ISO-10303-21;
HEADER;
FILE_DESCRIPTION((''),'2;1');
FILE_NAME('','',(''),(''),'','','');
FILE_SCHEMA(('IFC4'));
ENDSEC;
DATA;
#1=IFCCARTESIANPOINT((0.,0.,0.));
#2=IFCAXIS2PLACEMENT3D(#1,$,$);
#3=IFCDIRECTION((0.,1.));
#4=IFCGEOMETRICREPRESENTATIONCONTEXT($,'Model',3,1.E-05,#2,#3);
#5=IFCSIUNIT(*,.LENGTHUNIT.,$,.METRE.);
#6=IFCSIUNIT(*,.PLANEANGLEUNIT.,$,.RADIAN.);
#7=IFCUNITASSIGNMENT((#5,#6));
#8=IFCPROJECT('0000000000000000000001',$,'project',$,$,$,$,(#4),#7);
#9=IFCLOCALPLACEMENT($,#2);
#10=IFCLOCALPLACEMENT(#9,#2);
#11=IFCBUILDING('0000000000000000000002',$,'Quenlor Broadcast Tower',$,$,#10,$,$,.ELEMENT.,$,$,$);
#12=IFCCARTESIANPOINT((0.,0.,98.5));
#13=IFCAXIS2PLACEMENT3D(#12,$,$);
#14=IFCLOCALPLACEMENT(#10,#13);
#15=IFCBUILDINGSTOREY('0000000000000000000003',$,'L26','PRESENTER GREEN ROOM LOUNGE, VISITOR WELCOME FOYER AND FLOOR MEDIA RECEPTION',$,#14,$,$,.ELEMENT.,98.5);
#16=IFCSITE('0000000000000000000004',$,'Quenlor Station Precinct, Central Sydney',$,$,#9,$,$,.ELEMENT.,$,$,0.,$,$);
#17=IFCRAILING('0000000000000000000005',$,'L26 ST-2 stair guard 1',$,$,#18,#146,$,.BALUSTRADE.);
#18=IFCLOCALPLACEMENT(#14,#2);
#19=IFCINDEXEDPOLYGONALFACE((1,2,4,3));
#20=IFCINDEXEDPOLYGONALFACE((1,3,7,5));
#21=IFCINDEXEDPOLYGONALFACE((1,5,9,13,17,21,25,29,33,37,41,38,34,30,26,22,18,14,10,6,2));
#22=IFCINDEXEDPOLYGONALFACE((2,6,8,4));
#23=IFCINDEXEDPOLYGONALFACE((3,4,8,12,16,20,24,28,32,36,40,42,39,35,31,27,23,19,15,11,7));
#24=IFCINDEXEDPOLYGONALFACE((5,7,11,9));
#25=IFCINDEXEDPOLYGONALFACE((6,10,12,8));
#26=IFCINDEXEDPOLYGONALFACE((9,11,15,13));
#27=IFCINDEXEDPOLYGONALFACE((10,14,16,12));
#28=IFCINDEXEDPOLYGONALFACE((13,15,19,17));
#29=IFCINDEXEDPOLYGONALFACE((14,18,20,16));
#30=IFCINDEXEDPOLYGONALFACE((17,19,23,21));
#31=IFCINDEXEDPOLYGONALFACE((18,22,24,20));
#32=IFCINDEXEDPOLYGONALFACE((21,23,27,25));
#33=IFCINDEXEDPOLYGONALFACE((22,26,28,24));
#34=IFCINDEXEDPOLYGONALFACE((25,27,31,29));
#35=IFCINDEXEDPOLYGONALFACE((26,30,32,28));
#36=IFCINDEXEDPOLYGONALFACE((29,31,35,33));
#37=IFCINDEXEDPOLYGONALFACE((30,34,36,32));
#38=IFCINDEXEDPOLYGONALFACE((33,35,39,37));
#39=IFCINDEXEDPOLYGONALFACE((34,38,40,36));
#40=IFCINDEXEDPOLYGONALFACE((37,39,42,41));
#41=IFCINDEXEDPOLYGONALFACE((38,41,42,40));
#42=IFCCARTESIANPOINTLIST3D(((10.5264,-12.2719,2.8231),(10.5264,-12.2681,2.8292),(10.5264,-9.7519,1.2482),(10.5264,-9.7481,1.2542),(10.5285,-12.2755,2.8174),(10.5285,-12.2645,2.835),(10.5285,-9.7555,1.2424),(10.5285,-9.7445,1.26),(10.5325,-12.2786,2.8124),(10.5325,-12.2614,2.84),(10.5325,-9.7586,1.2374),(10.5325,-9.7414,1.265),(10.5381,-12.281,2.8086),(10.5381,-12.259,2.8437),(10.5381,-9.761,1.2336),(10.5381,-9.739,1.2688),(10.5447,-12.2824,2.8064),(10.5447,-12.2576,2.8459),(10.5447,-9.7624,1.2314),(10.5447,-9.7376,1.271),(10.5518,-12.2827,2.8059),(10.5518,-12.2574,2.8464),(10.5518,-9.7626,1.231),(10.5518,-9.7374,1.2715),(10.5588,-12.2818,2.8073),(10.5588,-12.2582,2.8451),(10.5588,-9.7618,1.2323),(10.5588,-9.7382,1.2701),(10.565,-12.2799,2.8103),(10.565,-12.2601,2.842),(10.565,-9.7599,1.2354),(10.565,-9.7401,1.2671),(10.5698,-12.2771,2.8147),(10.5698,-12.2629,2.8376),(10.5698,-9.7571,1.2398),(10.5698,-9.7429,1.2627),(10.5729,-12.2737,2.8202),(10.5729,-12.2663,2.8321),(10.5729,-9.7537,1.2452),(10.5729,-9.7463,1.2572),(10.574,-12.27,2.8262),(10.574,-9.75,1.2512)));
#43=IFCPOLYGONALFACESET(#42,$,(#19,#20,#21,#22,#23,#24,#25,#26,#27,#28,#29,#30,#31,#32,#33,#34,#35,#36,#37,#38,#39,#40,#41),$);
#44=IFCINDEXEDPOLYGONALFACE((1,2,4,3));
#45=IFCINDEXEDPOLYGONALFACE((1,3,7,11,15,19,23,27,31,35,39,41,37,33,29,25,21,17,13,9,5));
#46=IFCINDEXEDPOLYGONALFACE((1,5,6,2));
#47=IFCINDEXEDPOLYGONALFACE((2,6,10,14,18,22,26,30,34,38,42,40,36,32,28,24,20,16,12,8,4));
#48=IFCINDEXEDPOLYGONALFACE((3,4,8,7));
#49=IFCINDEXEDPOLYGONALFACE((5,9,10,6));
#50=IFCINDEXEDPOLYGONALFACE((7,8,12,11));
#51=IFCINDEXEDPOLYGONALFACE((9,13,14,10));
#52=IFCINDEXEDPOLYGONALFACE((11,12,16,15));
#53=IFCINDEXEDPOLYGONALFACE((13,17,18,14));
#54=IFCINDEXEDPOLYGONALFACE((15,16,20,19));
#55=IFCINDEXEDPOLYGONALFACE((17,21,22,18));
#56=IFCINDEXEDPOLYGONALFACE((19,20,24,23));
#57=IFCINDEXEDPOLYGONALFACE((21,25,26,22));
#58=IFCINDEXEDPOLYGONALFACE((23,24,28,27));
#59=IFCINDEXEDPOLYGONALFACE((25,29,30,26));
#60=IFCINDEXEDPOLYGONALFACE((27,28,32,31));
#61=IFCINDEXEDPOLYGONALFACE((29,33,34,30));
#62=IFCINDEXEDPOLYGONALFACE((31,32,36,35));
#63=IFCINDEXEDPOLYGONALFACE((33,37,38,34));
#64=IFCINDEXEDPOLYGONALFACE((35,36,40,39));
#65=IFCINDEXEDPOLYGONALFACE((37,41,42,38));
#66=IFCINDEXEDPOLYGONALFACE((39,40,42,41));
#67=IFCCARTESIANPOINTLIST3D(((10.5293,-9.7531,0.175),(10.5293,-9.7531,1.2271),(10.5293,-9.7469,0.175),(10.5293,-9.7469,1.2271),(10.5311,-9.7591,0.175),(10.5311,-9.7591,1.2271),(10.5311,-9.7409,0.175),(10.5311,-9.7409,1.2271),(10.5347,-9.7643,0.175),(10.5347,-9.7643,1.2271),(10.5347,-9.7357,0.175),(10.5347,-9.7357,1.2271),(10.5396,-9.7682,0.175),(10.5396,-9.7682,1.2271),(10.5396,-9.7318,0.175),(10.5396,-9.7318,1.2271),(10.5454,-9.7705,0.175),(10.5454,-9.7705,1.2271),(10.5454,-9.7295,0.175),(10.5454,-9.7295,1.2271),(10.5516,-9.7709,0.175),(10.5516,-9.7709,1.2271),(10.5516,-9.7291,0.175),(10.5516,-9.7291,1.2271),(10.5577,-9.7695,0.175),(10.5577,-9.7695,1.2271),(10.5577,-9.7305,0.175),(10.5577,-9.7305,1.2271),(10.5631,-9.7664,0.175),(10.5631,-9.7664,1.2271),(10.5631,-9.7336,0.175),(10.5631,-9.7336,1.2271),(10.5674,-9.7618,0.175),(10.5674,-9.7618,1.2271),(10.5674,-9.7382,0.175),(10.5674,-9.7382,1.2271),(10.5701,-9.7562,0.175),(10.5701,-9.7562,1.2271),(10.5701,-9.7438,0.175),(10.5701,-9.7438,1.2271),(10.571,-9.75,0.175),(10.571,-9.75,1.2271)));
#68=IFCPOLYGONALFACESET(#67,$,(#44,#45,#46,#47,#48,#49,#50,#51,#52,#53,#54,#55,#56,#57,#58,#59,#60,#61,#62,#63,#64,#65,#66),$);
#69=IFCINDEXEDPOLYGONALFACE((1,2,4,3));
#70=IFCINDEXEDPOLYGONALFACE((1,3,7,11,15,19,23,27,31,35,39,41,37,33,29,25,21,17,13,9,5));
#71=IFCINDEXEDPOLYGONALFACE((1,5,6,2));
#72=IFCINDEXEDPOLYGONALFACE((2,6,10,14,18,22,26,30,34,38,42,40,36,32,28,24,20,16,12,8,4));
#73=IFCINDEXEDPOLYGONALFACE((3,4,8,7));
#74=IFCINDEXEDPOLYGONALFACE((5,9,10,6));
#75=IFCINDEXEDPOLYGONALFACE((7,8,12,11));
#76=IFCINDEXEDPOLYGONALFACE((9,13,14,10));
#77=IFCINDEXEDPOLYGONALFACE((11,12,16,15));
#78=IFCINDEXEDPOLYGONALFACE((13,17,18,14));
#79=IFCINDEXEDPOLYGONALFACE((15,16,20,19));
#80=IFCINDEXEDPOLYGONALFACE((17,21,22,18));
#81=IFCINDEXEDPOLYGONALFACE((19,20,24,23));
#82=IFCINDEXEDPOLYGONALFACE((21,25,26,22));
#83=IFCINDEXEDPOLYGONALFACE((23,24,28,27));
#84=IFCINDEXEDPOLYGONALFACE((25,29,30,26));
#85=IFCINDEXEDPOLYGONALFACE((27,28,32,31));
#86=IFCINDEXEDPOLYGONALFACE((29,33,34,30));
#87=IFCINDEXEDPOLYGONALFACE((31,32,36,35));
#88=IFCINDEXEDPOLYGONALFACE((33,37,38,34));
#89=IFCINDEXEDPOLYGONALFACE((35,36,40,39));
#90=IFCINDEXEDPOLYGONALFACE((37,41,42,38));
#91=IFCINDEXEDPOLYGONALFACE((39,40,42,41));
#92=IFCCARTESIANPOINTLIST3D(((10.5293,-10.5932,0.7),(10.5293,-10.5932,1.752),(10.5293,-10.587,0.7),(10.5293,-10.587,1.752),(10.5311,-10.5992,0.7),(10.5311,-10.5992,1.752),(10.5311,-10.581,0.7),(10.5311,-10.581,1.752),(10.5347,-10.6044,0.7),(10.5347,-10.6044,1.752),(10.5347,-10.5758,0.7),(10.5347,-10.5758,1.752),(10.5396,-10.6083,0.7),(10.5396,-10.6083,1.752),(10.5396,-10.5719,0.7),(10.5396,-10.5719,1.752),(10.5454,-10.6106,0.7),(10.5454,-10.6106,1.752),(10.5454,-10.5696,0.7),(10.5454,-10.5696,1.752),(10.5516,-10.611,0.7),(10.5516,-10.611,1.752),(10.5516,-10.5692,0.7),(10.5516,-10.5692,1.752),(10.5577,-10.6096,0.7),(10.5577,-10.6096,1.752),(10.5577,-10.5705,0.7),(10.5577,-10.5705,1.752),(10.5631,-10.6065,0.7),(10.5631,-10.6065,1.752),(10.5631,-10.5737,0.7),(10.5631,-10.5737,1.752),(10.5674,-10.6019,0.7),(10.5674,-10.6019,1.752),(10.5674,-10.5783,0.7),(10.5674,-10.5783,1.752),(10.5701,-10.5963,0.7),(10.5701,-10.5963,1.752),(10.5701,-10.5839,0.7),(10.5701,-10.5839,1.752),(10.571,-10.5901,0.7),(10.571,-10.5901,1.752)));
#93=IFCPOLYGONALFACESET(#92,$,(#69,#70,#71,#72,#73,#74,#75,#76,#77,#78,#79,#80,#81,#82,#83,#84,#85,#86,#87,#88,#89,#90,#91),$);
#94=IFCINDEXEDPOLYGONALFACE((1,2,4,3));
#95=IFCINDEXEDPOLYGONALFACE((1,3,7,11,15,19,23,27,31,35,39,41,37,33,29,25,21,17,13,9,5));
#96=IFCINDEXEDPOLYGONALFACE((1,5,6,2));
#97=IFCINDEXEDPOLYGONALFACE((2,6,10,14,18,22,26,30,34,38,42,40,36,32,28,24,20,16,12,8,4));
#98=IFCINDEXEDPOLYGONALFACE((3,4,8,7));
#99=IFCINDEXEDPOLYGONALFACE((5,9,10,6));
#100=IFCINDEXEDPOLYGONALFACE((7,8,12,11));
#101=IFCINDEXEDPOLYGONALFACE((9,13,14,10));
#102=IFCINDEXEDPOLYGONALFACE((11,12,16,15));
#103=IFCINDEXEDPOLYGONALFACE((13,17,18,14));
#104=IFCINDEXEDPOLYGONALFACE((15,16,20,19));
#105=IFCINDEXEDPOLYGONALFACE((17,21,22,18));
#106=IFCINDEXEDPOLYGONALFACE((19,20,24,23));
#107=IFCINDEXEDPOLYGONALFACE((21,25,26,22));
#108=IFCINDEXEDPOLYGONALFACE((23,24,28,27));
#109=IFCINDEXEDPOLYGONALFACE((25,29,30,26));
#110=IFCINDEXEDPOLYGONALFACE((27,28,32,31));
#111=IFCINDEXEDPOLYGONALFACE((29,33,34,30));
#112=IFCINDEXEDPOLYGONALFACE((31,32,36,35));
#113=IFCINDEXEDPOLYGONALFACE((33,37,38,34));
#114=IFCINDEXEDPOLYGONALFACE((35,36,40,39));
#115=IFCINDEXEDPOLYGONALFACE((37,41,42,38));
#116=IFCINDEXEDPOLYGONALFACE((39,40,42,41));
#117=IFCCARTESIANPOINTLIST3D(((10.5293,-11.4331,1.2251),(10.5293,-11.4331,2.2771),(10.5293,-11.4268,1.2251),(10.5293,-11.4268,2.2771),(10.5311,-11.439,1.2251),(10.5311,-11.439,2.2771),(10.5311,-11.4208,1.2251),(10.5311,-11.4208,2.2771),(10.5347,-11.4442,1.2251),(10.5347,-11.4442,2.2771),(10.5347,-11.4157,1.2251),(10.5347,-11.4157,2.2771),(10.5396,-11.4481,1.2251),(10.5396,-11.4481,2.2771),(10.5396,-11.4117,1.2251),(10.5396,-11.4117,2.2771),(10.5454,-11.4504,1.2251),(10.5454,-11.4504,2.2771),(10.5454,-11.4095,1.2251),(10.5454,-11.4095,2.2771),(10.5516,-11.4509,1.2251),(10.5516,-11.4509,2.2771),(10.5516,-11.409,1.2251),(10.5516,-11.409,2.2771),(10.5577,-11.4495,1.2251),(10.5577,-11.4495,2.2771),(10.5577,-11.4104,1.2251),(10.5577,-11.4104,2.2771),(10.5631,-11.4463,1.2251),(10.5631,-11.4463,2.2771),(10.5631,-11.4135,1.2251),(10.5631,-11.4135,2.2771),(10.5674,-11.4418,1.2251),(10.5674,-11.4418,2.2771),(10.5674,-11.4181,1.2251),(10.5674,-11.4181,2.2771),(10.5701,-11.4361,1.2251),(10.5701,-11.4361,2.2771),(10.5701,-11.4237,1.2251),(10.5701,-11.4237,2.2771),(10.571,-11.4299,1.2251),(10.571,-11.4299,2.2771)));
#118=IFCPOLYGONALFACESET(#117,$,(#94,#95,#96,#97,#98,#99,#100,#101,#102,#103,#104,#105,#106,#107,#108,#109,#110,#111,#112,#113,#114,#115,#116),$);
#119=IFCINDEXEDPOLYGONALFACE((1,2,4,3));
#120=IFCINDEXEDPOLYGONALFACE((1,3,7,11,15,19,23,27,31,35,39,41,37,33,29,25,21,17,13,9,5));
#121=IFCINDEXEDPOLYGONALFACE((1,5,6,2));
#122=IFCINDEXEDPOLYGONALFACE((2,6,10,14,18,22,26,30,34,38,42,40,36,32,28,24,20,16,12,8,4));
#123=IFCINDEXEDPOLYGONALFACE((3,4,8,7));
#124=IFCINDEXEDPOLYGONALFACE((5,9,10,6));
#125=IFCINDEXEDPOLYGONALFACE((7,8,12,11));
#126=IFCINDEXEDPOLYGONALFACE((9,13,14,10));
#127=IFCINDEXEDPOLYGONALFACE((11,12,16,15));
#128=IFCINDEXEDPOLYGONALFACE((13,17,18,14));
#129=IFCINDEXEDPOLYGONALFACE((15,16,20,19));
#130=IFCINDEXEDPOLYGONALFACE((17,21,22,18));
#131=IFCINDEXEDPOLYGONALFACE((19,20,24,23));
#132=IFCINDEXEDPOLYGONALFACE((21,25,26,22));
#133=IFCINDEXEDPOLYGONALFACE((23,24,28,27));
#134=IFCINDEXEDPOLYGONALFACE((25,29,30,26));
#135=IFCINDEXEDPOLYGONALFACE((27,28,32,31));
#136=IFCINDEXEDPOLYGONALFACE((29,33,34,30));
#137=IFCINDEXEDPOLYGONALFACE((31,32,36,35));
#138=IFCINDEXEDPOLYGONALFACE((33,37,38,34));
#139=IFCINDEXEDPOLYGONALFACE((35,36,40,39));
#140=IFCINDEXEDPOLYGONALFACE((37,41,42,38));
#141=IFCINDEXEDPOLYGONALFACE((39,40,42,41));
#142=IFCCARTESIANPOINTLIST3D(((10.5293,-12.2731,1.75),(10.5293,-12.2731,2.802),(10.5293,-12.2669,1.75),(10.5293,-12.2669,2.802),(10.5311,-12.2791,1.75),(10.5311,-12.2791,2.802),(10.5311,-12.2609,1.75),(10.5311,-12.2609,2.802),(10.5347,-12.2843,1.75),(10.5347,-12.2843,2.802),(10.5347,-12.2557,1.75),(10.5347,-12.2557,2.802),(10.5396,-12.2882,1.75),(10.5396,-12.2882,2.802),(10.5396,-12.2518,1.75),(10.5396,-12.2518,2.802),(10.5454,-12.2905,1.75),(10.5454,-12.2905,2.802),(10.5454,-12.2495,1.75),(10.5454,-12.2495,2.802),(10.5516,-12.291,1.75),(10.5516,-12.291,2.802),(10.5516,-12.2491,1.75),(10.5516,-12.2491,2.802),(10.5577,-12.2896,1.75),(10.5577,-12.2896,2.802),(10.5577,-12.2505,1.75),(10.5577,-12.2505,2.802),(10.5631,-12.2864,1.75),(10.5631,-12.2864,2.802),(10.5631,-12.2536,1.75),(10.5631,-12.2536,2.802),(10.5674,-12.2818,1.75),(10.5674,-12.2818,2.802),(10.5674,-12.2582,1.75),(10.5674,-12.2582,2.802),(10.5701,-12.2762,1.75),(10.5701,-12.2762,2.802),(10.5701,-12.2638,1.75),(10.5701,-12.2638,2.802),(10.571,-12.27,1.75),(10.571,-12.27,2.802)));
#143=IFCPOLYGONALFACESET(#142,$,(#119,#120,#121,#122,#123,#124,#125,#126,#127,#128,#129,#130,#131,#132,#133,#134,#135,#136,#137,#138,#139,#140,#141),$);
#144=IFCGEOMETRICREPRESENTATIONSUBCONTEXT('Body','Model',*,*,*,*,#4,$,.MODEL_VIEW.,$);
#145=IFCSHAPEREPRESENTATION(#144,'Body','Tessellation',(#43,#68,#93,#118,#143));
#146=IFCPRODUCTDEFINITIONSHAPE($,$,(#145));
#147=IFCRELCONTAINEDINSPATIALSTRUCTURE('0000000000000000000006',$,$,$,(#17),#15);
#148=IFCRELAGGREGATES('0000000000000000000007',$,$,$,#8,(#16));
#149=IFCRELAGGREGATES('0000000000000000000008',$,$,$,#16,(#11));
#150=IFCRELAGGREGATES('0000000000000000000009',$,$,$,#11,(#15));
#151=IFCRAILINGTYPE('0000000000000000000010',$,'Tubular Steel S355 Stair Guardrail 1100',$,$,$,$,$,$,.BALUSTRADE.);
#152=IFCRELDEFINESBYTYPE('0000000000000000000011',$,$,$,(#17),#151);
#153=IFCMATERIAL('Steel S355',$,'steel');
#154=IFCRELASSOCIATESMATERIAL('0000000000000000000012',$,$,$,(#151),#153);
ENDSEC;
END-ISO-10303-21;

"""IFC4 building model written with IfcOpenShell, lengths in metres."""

from ifc_helpers import new_model, si_unit, direction, frame, origin, origin_2d, place, context, subcontext, project, spatial, circle, extrude, material, type_object, element, save


model = new_model("IFC4")

# Units and contexts
model_context = context("Model", 3, precision=1e-05, world=origin(), true_north=direction((0.0, 1.0)))
body_context = subcontext(model_context, "Body", "Model", "MODEL_VIEW")
ifc_project = project(units=[si_unit("LENGTHUNIT", "METRE"), si_unit("PLANEANGLEUNIT", "RADIAN")], contexts=[model_context])

# Site, building, storey
site_placement = place(None, origin())
site = spatial("IfcSite", under=ifc_project, at=site_placement, Name="Quenlor Station Precinct, Central Sydney", CompositionType="ELEMENT", RefElevation=0.0)
building_placement = place(site_placement, origin())
building = spatial("IfcBuilding", under=site, at=building_placement, Name="Quenlor Broadcast Tower", CompositionType="ELEMENT")
storey_placement = place(building_placement, frame((0.0, 0.0, 98.5)))
storey = spatial("IfcBuildingStorey", under=building, at=storey_placement, Name="L26", Description="PRESENTER GREEN ROOM LOUNGE, VISITOR WELCOME FOYER AND FLOOR MEDIA RECEPTION", CompositionType="ELEMENT", Elevation=98.5)

# Railing
ifc_material_1 = material(Name="Steel S355", Category="steel")
railing_type_1 = type_object("IfcRailingType", Name="Tubular Steel S355 Stair Guardrail 1100", PredefinedType="BALUSTRADE", material=ifc_material_1)
railing_1_placement = place(storey_placement, frame((10.55, -9.75, 0.175)))
element("IfcRailing", 1, at=railing_1_placement, inside=storey, type_object=railing_type_1, Name="L26 ST-2 stair guard 1", PredefinedType="BALUSTRADE", context=body_context, shape_type="SweptSolid", body=[
    extrude(circle(Radius=0.0239, at=origin_2d()), frame((0.0, 0.0, 1.0762), z_axis=(0.0, -0.848008, 0.529984), x_axis=(1.0, 0.0, 0.0)), (0.0, 0.0, 1.0), 2.9717),
    extrude(circle(Radius=0.021, at=origin_2d()), origin(), (0.0, 0.0, 1.0), 1.052),
    extrude(circle(Radius=0.021, at=origin_2d()), frame((0.0, -0.8401, 0.5249)), (0.0, 0.0, 1.0), 1.052),
    extrude(circle(Radius=0.021, at=origin_2d()), frame((0.0, -1.6799, 1.05)), (0.0, 0.0, 1.0), 1.052),
    extrude(circle(Radius=0.021, at=origin_2d()), frame((0.0, -2.52, 1.575)), (0.0, 0.0, 1.0), 1.052),
])

save(model, "model.ifc")
